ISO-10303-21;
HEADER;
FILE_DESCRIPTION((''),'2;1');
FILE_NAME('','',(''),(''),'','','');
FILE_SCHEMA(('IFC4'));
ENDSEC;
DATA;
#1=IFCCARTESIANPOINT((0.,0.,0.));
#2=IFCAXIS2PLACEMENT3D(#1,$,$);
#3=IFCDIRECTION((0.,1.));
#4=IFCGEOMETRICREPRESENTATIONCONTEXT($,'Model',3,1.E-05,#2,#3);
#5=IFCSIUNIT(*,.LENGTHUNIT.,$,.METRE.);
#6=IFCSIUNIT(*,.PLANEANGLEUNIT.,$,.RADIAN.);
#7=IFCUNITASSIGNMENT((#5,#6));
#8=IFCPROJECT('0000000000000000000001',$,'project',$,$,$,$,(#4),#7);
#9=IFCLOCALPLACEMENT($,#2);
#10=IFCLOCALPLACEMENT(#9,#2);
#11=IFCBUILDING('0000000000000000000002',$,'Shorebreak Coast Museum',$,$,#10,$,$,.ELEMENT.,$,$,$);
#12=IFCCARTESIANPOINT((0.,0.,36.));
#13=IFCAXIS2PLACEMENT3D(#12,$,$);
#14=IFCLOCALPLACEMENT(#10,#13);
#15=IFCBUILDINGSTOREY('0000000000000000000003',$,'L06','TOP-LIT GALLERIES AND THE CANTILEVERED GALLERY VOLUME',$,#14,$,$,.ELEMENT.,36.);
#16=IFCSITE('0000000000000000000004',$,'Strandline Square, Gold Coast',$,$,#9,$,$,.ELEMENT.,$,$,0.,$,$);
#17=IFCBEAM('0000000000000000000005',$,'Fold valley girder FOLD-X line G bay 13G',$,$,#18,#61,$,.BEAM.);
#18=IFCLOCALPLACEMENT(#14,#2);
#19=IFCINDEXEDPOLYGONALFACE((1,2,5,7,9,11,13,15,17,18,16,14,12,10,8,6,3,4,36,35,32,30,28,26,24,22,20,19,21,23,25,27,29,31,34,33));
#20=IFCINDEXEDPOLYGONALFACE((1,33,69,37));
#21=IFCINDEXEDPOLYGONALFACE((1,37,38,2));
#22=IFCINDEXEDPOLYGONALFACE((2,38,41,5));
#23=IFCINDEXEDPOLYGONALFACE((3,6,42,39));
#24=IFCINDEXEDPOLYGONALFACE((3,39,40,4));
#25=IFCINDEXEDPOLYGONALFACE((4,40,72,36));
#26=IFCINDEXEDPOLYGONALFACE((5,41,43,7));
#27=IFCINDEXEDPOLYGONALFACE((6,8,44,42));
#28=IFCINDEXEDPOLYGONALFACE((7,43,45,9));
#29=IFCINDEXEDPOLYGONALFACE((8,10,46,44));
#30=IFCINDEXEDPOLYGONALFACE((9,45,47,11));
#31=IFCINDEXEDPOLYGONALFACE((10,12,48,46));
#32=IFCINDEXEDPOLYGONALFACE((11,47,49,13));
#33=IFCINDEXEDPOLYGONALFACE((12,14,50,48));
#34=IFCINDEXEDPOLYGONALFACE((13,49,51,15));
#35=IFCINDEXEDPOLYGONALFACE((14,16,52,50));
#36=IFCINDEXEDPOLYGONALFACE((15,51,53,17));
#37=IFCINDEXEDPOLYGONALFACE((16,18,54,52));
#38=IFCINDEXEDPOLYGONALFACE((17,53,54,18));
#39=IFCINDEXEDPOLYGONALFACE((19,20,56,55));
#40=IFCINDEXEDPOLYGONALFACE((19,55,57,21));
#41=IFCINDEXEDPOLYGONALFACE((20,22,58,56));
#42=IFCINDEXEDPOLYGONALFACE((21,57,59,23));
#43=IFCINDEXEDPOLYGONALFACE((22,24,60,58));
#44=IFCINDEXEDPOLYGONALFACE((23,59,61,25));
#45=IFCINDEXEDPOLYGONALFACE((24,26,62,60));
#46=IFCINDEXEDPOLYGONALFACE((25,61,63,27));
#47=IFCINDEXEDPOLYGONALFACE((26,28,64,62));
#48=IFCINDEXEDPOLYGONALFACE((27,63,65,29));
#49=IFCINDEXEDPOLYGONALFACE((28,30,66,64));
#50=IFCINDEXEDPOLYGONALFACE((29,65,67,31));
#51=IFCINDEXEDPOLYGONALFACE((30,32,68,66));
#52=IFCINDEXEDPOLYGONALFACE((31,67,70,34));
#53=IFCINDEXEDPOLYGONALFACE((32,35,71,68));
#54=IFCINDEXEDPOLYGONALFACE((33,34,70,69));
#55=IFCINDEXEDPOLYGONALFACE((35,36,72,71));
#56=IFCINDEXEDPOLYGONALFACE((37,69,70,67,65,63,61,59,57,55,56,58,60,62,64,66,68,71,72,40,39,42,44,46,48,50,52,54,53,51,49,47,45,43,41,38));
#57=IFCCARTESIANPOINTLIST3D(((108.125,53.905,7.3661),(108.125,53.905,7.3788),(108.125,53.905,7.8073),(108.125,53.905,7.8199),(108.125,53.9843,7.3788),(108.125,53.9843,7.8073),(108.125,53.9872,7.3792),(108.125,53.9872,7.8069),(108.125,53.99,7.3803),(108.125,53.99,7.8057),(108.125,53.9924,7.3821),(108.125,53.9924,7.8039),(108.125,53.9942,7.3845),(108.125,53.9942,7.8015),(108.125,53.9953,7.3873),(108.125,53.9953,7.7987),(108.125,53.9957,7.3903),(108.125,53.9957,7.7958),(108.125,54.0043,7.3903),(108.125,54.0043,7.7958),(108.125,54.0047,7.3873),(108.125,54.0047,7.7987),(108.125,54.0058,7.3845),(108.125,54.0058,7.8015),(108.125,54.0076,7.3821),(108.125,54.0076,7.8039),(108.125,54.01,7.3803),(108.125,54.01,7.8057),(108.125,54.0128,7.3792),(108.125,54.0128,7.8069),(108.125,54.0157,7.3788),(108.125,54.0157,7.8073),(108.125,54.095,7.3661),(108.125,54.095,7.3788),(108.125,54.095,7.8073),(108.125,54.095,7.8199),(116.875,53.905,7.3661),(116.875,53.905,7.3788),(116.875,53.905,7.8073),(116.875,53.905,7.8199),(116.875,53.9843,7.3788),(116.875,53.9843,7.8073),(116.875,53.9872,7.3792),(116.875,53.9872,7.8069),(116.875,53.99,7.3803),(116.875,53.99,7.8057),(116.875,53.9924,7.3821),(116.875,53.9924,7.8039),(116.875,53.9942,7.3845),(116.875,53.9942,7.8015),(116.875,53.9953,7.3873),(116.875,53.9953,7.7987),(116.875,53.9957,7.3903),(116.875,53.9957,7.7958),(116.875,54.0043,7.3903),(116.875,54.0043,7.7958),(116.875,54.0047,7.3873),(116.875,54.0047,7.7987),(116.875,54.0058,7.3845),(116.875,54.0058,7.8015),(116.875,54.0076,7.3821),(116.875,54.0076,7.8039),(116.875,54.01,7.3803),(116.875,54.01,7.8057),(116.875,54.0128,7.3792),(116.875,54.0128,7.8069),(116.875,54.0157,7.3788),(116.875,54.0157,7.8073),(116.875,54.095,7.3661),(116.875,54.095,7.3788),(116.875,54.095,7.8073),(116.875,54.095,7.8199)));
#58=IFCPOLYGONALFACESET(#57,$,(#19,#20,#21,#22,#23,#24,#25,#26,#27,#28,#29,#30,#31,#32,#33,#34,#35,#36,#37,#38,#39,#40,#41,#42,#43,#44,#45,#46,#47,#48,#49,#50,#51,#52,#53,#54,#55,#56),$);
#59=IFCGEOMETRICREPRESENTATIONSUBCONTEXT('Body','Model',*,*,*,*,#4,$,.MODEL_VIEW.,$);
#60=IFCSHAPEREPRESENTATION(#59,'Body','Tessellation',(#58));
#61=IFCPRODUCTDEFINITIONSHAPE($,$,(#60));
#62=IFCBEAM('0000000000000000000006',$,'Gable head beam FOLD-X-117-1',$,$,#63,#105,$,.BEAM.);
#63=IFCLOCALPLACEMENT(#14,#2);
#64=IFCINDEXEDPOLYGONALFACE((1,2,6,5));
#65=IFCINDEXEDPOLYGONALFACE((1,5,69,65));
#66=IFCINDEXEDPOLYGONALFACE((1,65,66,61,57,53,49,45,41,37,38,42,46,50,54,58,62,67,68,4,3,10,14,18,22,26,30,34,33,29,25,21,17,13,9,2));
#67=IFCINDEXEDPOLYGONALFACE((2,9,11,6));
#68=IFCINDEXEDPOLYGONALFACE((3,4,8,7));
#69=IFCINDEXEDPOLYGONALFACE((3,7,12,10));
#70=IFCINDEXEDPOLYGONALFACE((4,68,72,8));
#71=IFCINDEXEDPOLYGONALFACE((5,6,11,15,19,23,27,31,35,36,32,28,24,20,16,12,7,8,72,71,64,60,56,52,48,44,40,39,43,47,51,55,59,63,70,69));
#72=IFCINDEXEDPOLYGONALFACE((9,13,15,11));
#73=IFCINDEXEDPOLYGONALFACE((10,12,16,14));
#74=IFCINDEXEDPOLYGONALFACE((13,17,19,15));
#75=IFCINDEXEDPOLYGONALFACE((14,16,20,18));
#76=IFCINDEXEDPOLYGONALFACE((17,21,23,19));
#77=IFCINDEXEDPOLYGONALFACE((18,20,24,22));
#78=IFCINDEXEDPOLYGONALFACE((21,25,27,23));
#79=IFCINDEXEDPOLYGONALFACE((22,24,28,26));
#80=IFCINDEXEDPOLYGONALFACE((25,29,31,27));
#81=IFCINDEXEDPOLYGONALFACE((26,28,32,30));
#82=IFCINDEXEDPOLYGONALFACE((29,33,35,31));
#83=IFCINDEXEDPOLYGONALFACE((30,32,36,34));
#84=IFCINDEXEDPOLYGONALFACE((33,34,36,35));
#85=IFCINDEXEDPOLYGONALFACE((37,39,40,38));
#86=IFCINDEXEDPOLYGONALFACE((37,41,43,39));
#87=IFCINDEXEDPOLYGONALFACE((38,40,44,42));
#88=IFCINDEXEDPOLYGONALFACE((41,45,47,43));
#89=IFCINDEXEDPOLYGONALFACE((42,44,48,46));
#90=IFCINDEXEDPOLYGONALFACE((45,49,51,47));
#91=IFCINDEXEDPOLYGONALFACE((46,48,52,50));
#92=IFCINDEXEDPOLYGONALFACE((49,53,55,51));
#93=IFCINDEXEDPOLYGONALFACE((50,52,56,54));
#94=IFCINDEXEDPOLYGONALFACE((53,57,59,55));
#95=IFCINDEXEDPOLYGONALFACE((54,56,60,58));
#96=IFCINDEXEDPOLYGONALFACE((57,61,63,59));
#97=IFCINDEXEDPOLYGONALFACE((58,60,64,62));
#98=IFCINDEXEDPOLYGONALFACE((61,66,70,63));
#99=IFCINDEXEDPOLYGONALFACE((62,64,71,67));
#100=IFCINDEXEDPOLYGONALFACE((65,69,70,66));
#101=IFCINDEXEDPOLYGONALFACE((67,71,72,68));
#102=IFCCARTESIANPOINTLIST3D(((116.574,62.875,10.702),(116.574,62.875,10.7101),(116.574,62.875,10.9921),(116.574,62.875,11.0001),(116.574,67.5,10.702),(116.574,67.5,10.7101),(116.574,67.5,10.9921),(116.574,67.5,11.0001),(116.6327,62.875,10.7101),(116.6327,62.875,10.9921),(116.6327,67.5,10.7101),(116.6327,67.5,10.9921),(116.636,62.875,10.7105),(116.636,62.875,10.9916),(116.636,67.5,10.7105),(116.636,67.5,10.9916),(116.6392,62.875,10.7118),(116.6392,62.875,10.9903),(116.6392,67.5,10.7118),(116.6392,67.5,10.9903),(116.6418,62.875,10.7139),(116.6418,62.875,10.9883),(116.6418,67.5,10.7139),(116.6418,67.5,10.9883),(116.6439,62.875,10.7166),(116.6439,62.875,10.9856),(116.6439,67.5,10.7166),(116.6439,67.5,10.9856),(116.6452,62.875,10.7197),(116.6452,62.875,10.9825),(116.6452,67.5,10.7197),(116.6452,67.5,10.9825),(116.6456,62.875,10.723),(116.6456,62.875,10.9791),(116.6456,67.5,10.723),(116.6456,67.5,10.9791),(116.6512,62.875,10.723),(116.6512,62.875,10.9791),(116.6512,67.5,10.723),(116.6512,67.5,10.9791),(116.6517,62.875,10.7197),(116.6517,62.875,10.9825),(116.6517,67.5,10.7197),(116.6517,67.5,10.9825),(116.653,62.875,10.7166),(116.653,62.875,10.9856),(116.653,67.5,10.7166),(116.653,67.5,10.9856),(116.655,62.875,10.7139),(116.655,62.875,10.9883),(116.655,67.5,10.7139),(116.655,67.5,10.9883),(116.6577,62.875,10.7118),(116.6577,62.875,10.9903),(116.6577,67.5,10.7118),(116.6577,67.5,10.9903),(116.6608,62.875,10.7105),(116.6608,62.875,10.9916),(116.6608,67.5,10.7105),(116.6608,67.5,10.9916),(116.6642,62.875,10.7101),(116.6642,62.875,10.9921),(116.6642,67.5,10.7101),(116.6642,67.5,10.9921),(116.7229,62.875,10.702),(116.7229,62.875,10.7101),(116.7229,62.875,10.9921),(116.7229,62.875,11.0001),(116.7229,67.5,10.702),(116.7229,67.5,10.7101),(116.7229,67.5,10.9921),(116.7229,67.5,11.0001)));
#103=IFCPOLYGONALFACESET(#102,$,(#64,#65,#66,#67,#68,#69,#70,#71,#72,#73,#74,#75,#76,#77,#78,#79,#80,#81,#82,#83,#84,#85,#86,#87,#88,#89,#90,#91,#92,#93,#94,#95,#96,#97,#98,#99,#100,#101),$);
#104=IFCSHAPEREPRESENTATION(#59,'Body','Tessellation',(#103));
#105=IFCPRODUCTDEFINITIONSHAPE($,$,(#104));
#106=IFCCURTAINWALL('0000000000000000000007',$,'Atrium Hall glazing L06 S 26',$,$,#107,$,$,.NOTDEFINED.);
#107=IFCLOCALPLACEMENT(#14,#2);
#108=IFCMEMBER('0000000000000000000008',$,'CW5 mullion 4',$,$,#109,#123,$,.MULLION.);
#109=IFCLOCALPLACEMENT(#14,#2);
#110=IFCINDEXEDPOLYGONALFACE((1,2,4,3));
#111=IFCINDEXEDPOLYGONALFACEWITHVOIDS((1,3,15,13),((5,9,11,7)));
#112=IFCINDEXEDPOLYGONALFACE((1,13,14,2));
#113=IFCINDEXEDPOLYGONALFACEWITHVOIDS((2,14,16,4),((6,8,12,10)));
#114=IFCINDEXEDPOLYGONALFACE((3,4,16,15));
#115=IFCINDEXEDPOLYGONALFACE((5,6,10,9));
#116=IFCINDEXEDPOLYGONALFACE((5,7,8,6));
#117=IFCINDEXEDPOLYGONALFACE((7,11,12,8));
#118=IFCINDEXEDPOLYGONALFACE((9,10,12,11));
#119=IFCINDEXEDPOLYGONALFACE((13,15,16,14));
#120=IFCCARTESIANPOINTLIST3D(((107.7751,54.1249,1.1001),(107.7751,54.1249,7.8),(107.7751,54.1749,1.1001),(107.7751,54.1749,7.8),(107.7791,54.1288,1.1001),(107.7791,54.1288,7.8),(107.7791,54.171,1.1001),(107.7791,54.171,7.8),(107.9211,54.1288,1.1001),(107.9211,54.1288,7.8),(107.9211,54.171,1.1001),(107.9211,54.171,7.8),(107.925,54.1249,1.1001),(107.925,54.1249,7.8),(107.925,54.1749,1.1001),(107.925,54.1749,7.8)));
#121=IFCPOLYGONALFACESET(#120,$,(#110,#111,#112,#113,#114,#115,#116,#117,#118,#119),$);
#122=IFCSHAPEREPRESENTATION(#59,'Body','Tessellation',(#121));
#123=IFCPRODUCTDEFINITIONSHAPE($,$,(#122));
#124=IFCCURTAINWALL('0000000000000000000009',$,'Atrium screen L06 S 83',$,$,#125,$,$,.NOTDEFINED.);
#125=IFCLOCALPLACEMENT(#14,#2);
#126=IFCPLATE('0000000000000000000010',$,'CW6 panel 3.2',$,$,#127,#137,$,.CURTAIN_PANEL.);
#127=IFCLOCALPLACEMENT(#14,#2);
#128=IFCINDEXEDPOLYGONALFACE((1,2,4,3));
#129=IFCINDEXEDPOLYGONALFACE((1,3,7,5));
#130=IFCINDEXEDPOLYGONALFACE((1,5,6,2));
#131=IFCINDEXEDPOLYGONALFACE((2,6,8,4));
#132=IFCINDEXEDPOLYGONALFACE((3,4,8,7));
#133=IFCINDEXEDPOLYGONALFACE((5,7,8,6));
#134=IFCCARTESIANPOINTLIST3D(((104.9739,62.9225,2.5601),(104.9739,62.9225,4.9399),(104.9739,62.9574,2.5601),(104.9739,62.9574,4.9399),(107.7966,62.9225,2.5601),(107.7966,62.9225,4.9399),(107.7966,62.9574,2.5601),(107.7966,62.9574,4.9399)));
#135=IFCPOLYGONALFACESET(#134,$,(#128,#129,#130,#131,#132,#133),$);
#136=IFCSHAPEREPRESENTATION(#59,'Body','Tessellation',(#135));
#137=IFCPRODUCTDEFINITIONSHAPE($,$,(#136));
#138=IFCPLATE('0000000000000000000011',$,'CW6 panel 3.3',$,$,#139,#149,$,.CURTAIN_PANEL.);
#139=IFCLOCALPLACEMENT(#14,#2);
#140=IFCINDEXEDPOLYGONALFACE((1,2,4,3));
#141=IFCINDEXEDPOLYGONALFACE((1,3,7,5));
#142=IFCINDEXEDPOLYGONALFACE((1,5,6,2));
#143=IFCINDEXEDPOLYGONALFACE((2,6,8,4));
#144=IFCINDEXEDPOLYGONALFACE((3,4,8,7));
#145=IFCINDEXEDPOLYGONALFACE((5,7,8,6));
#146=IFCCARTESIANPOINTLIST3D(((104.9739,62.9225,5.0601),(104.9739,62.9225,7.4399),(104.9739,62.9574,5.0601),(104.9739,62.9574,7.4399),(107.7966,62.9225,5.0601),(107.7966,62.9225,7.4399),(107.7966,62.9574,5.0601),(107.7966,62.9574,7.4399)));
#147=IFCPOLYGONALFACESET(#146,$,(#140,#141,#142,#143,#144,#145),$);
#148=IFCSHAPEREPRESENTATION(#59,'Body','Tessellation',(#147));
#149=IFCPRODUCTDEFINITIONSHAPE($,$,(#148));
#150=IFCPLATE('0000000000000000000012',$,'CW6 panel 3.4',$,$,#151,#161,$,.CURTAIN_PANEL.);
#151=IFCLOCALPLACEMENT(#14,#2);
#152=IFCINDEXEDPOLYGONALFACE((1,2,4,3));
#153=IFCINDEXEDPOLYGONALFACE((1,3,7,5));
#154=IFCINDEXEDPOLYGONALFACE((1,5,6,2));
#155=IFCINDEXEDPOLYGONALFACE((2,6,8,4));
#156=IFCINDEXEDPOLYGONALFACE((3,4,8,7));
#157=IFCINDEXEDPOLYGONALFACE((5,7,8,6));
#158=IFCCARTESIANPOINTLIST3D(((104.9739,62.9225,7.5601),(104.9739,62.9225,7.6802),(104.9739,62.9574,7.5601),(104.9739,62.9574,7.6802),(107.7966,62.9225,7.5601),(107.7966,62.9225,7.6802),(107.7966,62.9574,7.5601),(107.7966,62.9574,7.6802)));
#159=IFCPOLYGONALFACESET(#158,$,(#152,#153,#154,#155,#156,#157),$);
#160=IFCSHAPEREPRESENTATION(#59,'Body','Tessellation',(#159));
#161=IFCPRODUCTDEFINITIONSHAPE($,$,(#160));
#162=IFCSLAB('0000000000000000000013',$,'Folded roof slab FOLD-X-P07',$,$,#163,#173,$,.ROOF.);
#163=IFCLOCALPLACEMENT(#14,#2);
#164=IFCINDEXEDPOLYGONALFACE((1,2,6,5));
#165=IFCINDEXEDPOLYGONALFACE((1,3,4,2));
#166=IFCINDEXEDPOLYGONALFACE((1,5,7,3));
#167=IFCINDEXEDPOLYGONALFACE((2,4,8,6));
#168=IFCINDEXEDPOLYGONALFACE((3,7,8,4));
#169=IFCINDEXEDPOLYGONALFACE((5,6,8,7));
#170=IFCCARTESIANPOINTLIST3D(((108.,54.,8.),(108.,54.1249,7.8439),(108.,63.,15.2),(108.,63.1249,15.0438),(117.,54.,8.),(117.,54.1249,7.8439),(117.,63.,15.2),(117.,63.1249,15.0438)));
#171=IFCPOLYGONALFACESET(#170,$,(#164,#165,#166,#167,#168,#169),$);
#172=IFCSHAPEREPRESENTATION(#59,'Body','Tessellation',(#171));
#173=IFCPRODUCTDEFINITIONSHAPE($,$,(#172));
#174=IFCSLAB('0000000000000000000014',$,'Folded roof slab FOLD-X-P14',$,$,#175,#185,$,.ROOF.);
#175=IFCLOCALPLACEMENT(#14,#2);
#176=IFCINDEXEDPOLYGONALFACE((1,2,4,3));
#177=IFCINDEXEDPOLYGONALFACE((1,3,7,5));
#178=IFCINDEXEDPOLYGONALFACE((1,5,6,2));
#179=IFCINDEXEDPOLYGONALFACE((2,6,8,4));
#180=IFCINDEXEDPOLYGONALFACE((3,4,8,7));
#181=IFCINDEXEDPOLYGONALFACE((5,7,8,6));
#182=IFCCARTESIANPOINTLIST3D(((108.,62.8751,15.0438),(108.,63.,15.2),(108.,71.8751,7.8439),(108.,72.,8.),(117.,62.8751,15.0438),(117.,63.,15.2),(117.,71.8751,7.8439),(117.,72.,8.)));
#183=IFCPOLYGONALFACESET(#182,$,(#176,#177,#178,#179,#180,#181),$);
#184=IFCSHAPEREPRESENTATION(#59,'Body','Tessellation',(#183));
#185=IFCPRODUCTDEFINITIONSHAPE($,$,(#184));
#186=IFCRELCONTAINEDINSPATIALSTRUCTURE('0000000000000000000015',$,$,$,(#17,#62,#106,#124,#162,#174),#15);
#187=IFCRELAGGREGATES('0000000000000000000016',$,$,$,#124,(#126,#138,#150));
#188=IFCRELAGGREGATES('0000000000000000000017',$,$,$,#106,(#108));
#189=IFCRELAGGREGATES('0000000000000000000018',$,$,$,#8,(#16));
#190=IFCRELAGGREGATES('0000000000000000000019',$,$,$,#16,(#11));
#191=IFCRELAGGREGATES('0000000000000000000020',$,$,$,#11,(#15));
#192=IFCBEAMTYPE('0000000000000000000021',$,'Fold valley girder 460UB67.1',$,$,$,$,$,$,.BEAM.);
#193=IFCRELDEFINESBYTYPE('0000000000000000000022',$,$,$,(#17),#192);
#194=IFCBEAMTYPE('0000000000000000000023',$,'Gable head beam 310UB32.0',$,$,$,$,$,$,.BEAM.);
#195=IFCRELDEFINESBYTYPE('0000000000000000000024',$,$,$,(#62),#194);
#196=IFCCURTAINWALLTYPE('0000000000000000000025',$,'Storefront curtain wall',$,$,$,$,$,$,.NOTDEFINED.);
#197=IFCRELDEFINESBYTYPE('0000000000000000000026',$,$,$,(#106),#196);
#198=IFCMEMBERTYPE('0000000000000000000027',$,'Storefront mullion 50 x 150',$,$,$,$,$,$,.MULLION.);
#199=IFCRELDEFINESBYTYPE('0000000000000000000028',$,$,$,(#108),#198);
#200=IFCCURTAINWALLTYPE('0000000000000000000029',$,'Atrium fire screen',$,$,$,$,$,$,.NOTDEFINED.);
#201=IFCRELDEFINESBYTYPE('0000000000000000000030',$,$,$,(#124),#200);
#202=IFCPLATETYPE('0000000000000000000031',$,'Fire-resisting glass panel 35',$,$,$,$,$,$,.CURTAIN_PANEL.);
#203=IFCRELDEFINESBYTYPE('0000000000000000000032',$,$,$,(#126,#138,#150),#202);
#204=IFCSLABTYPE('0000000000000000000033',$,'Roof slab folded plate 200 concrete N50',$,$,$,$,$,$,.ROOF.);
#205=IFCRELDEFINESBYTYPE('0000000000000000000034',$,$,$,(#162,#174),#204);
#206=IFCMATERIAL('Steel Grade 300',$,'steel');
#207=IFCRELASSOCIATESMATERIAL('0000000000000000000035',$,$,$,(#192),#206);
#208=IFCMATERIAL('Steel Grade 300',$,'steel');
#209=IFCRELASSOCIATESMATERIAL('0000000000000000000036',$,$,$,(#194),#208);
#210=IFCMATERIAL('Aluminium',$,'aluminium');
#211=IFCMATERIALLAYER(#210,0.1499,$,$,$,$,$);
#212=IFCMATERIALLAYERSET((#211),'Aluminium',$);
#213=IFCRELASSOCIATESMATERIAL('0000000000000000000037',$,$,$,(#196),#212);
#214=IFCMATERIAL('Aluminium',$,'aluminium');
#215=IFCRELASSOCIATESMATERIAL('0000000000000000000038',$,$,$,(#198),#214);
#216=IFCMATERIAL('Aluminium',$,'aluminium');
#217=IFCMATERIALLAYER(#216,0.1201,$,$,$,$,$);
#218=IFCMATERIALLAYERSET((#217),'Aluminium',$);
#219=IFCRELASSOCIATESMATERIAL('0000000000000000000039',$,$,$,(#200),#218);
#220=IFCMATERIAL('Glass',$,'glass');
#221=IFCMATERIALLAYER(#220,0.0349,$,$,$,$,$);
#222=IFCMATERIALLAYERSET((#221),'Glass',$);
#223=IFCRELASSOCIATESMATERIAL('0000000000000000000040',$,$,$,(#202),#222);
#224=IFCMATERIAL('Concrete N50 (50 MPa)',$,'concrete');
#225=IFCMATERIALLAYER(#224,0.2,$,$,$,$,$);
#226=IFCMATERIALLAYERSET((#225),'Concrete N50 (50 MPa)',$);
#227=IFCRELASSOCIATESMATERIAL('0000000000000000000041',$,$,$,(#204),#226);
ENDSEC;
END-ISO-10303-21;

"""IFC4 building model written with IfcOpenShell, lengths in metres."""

from ifc_helpers import new_model, si_unit, direction, frame, origin, origin_2d, place, context, subcontext, project, spatial, polyline, rectangle, hollow_rectangle, i_section, outline, extrude, material, layer, layer_set, material_profile, profile_set, type_object, element, aggregate, save


model = new_model("IFC4")

# Units and contexts
model_context = context("Model", 3, precision=1e-05, world=origin(), true_north=direction((0.0, 1.0)))
body_context = subcontext(model_context, "Body", "Model", "MODEL_VIEW")
ifc_project = project(units=[si_unit("LENGTHUNIT", "METRE"), si_unit("PLANEANGLEUNIT", "RADIAN")], contexts=[model_context])

# Site, building, storey
site_placement = place(None, origin())
site = spatial("IfcSite", under=ifc_project, at=site_placement, Name="Strandline Square, Gold Coast", CompositionType="ELEMENT", RefElevation=0.0)
building_placement = place(site_placement, origin())
building = spatial("IfcBuilding", under=site, at=building_placement, Name="Shorebreak Coast Museum", CompositionType="ELEMENT")
storey_placement = place(building_placement, frame((0.0, 0.0, 36.0)))
storey = spatial("IfcBuildingStorey", under=building, at=storey_placement, Name="L06", Description="TOP-LIT GALLERIES AND THE CANTILEVERED GALLERY VOLUME", CompositionType="ELEMENT", Elevation=36.0)

# Beams
ifc_material_1 = material(Name="Steel Grade 300", Category="steel")
ifc_material_profile_1 = material_profile(ifc_material_1, i_section(OverallWidth=0.1899, OverallDepth=0.4539, WebThickness=0.0085, FlangeThickness=0.0127, FilletRadius=0.0115, at=origin_2d()), Name="460UB67.1")
ifc_profile_set_1 = profile_set([ifc_material_profile_1], Name="Steel Grade 300")
beam_type_1 = type_object("IfcBeamType", Name="Fold valley girder 460UB67.1", PredefinedType="BEAM", material=ifc_profile_set_1)
beam_1_placement = place(storey_placement, frame((108.125, 54.0, 7.593), z_axis=(1.0, 0.0, 0.0), x_axis=(0.0, 1.0, 0.0)))
element("IfcBeam", 1, at=beam_1_placement, inside=storey, type_object=beam_type_1, Name="Fold valley girder FOLD-X line G bay 13G", PredefinedType="BEAM", context=body_context, shape_type="SweptSolid", body=[
    extrude(i_section(OverallWidth=0.1899, OverallDepth=0.4539, WebThickness=0.0085, FlangeThickness=0.0127, FilletRadius=0.0115, at=origin_2d()), origin(), (0.0, 0.0, 1.0), 8.75),
])
ifc_material_2 = material(Name="Steel Grade 300", Category="steel")
ifc_material_profile_2 = material_profile(ifc_material_2, i_section(OverallWidth=0.1489, OverallDepth=0.2981, WebThickness=0.0056, FlangeThickness=0.0081, FilletRadius=0.0129, at=origin_2d()), Name="310UB32.0")
ifc_profile_set_2 = profile_set([ifc_material_profile_2], Name="Steel Grade 300")
beam_type_2 = type_object("IfcBeamType", Name="Gable head beam 310UB32.0", PredefinedType="BEAM", material=ifc_profile_set_2)
beam_2_placement = place(storey_placement, frame((116.6484, 62.875, 10.8511), z_axis=(0.0, 1.0, 0.0), x_axis=(-1.0, 0.0, 0.0)))
element("IfcBeam", 2, at=beam_2_placement, inside=storey, type_object=beam_type_2, Name="Gable head beam FOLD-X-117-1", PredefinedType="BEAM", context=body_context, shape_type="SweptSolid", body=[
    extrude(i_section(OverallWidth=0.1489, OverallDepth=0.2981, WebThickness=0.0056, FlangeThickness=0.0081, FilletRadius=0.0129, at=origin_2d()), origin(), (0.0, 0.0, 1.0), 4.625),
])

# Curtain wall, member
ifc_material_3 = material(Name="Aluminium", Category="aluminium")
ifc_layer_1 = layer(ifc_material_3, 0.1499)
ifc_layer_set_1 = layer_set([ifc_layer_1], Name="Aluminium")
curtain_wall_type_1 = type_object("IfcCurtainWallType", Name="Storefront curtain wall", PredefinedType="NOTDEFINED", material=ifc_layer_set_1)
curtain_wall_1_placement = place(storey_placement, origin())
curtain_wall_1 = element("IfcCurtainWall", 3, at=curtain_wall_1_placement, inside=storey, type_object=curtain_wall_type_1, Name="Atrium Hall glazing L06 S 26", PredefinedType="NOTDEFINED")
ifc_material_4 = material(Name="Aluminium", Category="aluminium")
ifc_material_profile_3 = material_profile(ifc_material_4, hollow_rectangle(XDim=0.05, YDim=0.1499, WallThickness=0.0039, at=origin_2d()), Name="AL 150x50 RHS")
ifc_profile_set_3 = profile_set([ifc_material_profile_3], Name="Aluminium")
member_type_1 = type_object("IfcMemberType", Name="Storefront mullion 50 x 150", PredefinedType="MULLION", material=ifc_profile_set_3)
member_placement = place(storey_placement, frame((107.8501, 54.1499, 1.1001), z_axis=(0.0, 0.0, 1.0), x_axis=(0.0, 1.0, 0.0)))
member = element("IfcMember", 4, at=member_placement, type_object=member_type_1, Name="CW5 mullion 4", PredefinedType="MULLION", context=body_context, shape_type="SweptSolid", body=[
    extrude(hollow_rectangle(XDim=0.05, YDim=0.1499, WallThickness=0.0039, at=origin_2d()), origin(), (0.0, 0.0, 1.0), 6.7),
])

# Curtain wall, plates
ifc_material_5 = material(Name="Aluminium", Category="aluminium")
ifc_layer_2 = layer(ifc_material_5, 0.1201)
ifc_layer_set_2 = layer_set([ifc_layer_2], Name="Aluminium")
curtain_wall_type_2 = type_object("IfcCurtainWallType", Name="Atrium fire screen", PredefinedType="NOTDEFINED", material=ifc_layer_set_2)
curtain_wall_2_placement = place(storey_placement, origin())
curtain_wall_2 = element("IfcCurtainWall", 5, at=curtain_wall_2_placement, inside=storey, type_object=curtain_wall_type_2, Name="Atrium screen L06 S 83", PredefinedType="NOTDEFINED")
ifc_material_6 = material(Name="Glass", Category="glass")
ifc_layer_3 = layer(ifc_material_6, 0.0349)
ifc_layer_set_3 = layer_set([ifc_layer_3], Name="Glass")
plate_type_1 = type_object("IfcPlateType", Name="Fire-resisting glass panel 35", PredefinedType="CURTAIN_PANEL", material=ifc_layer_set_3)
plate_1_placement = place(storey_placement, frame((106.3853, 62.9399, 2.5601), z_axis=(0.0, 0.0, 1.0), x_axis=(1.0, 0.0, 0.0)))
plate_1 = element("IfcPlate", 6, at=plate_1_placement, type_object=plate_type_1, Name="CW6 panel 3.2", PredefinedType="CURTAIN_PANEL", context=body_context, shape_type="SweptSolid", body=[
    extrude(rectangle(XDim=2.8228, YDim=0.0349, at=origin_2d()), origin(), (0.0, 0.0, 1.0), 2.3799),
])
plate_2_placement = place(storey_placement, frame((106.3853, 62.9399, 5.0601), z_axis=(0.0, 0.0, 1.0), x_axis=(1.0, 0.0, 0.0)))
plate_2 = element("IfcPlate", 7, at=plate_2_placement, type_object=plate_type_1, Name="CW6 panel 3.3", PredefinedType="CURTAIN_PANEL", context=body_context, shape_type="SweptSolid", body=[
    extrude(rectangle(XDim=2.8228, YDim=0.0349, at=origin_2d()), origin(), (0.0, 0.0, 1.0), 2.3799),
])
plate_3_placement = place(storey_placement, frame((106.3853, 62.9399, 7.5601), z_axis=(0.0, 0.0, 1.0), x_axis=(1.0, 0.0, 0.0)))
plate_3 = element("IfcPlate", 8, at=plate_3_placement, type_object=plate_type_1, Name="CW6 panel 3.4", PredefinedType="CURTAIN_PANEL", context=body_context, shape_type="SweptSolid", body=[
    extrude(rectangle(XDim=2.8228, YDim=0.0349, at=origin_2d()), origin(), (0.0, 0.0, 1.0), 0.1201),
])
aggregate(curtain_wall_2, [plate_1, plate_2, plate_3])

# Slabs
ifc_material_7 = material(Name="Concrete N50 (50 MPa)", Category="concrete")
ifc_layer_4 = layer(ifc_material_7, 0.2)
ifc_layer_set_4 = layer_set([ifc_layer_4], Name="Concrete N50 (50 MPa)")
slab_type = type_object("IfcSlabType", Name="Roof slab folded plate 200 concrete N50", PredefinedType="ROOF", material=ifc_layer_set_4)
for number, where, z_axis, x_axis, name in (
    (9, (108.0, 54.0, 8.0), (0.0, -0.624692, 0.780871), (1.0, 0.0, 0.0), "Folded roof slab FOLD-X-P07"),
    (10, (108.0, 63.0, 15.2), (0.0, 0.624692, 0.780871), (1.0, 0.0, 0.0), "Folded roof slab FOLD-X-P14"),
):
    element("IfcSlab", number, at=place(storey_placement, frame(where, z_axis=z_axis, x_axis=x_axis)), inside=storey, type_object=slab_type, Name=name, PredefinedType="ROOF", context=body_context, shape_type="SweptSolid", body=[
        extrude(outline(polyline([(0.0, 0.0), (9.0, 0.0), (9.0, 11.5256), (0.0, 11.5256), (0.0, 0.0)])), origin(), (0.0, 0.0, -1.0), 0.2),
    ])

aggregate(curtain_wall_1, [member])

save(model, "model.ifc")
